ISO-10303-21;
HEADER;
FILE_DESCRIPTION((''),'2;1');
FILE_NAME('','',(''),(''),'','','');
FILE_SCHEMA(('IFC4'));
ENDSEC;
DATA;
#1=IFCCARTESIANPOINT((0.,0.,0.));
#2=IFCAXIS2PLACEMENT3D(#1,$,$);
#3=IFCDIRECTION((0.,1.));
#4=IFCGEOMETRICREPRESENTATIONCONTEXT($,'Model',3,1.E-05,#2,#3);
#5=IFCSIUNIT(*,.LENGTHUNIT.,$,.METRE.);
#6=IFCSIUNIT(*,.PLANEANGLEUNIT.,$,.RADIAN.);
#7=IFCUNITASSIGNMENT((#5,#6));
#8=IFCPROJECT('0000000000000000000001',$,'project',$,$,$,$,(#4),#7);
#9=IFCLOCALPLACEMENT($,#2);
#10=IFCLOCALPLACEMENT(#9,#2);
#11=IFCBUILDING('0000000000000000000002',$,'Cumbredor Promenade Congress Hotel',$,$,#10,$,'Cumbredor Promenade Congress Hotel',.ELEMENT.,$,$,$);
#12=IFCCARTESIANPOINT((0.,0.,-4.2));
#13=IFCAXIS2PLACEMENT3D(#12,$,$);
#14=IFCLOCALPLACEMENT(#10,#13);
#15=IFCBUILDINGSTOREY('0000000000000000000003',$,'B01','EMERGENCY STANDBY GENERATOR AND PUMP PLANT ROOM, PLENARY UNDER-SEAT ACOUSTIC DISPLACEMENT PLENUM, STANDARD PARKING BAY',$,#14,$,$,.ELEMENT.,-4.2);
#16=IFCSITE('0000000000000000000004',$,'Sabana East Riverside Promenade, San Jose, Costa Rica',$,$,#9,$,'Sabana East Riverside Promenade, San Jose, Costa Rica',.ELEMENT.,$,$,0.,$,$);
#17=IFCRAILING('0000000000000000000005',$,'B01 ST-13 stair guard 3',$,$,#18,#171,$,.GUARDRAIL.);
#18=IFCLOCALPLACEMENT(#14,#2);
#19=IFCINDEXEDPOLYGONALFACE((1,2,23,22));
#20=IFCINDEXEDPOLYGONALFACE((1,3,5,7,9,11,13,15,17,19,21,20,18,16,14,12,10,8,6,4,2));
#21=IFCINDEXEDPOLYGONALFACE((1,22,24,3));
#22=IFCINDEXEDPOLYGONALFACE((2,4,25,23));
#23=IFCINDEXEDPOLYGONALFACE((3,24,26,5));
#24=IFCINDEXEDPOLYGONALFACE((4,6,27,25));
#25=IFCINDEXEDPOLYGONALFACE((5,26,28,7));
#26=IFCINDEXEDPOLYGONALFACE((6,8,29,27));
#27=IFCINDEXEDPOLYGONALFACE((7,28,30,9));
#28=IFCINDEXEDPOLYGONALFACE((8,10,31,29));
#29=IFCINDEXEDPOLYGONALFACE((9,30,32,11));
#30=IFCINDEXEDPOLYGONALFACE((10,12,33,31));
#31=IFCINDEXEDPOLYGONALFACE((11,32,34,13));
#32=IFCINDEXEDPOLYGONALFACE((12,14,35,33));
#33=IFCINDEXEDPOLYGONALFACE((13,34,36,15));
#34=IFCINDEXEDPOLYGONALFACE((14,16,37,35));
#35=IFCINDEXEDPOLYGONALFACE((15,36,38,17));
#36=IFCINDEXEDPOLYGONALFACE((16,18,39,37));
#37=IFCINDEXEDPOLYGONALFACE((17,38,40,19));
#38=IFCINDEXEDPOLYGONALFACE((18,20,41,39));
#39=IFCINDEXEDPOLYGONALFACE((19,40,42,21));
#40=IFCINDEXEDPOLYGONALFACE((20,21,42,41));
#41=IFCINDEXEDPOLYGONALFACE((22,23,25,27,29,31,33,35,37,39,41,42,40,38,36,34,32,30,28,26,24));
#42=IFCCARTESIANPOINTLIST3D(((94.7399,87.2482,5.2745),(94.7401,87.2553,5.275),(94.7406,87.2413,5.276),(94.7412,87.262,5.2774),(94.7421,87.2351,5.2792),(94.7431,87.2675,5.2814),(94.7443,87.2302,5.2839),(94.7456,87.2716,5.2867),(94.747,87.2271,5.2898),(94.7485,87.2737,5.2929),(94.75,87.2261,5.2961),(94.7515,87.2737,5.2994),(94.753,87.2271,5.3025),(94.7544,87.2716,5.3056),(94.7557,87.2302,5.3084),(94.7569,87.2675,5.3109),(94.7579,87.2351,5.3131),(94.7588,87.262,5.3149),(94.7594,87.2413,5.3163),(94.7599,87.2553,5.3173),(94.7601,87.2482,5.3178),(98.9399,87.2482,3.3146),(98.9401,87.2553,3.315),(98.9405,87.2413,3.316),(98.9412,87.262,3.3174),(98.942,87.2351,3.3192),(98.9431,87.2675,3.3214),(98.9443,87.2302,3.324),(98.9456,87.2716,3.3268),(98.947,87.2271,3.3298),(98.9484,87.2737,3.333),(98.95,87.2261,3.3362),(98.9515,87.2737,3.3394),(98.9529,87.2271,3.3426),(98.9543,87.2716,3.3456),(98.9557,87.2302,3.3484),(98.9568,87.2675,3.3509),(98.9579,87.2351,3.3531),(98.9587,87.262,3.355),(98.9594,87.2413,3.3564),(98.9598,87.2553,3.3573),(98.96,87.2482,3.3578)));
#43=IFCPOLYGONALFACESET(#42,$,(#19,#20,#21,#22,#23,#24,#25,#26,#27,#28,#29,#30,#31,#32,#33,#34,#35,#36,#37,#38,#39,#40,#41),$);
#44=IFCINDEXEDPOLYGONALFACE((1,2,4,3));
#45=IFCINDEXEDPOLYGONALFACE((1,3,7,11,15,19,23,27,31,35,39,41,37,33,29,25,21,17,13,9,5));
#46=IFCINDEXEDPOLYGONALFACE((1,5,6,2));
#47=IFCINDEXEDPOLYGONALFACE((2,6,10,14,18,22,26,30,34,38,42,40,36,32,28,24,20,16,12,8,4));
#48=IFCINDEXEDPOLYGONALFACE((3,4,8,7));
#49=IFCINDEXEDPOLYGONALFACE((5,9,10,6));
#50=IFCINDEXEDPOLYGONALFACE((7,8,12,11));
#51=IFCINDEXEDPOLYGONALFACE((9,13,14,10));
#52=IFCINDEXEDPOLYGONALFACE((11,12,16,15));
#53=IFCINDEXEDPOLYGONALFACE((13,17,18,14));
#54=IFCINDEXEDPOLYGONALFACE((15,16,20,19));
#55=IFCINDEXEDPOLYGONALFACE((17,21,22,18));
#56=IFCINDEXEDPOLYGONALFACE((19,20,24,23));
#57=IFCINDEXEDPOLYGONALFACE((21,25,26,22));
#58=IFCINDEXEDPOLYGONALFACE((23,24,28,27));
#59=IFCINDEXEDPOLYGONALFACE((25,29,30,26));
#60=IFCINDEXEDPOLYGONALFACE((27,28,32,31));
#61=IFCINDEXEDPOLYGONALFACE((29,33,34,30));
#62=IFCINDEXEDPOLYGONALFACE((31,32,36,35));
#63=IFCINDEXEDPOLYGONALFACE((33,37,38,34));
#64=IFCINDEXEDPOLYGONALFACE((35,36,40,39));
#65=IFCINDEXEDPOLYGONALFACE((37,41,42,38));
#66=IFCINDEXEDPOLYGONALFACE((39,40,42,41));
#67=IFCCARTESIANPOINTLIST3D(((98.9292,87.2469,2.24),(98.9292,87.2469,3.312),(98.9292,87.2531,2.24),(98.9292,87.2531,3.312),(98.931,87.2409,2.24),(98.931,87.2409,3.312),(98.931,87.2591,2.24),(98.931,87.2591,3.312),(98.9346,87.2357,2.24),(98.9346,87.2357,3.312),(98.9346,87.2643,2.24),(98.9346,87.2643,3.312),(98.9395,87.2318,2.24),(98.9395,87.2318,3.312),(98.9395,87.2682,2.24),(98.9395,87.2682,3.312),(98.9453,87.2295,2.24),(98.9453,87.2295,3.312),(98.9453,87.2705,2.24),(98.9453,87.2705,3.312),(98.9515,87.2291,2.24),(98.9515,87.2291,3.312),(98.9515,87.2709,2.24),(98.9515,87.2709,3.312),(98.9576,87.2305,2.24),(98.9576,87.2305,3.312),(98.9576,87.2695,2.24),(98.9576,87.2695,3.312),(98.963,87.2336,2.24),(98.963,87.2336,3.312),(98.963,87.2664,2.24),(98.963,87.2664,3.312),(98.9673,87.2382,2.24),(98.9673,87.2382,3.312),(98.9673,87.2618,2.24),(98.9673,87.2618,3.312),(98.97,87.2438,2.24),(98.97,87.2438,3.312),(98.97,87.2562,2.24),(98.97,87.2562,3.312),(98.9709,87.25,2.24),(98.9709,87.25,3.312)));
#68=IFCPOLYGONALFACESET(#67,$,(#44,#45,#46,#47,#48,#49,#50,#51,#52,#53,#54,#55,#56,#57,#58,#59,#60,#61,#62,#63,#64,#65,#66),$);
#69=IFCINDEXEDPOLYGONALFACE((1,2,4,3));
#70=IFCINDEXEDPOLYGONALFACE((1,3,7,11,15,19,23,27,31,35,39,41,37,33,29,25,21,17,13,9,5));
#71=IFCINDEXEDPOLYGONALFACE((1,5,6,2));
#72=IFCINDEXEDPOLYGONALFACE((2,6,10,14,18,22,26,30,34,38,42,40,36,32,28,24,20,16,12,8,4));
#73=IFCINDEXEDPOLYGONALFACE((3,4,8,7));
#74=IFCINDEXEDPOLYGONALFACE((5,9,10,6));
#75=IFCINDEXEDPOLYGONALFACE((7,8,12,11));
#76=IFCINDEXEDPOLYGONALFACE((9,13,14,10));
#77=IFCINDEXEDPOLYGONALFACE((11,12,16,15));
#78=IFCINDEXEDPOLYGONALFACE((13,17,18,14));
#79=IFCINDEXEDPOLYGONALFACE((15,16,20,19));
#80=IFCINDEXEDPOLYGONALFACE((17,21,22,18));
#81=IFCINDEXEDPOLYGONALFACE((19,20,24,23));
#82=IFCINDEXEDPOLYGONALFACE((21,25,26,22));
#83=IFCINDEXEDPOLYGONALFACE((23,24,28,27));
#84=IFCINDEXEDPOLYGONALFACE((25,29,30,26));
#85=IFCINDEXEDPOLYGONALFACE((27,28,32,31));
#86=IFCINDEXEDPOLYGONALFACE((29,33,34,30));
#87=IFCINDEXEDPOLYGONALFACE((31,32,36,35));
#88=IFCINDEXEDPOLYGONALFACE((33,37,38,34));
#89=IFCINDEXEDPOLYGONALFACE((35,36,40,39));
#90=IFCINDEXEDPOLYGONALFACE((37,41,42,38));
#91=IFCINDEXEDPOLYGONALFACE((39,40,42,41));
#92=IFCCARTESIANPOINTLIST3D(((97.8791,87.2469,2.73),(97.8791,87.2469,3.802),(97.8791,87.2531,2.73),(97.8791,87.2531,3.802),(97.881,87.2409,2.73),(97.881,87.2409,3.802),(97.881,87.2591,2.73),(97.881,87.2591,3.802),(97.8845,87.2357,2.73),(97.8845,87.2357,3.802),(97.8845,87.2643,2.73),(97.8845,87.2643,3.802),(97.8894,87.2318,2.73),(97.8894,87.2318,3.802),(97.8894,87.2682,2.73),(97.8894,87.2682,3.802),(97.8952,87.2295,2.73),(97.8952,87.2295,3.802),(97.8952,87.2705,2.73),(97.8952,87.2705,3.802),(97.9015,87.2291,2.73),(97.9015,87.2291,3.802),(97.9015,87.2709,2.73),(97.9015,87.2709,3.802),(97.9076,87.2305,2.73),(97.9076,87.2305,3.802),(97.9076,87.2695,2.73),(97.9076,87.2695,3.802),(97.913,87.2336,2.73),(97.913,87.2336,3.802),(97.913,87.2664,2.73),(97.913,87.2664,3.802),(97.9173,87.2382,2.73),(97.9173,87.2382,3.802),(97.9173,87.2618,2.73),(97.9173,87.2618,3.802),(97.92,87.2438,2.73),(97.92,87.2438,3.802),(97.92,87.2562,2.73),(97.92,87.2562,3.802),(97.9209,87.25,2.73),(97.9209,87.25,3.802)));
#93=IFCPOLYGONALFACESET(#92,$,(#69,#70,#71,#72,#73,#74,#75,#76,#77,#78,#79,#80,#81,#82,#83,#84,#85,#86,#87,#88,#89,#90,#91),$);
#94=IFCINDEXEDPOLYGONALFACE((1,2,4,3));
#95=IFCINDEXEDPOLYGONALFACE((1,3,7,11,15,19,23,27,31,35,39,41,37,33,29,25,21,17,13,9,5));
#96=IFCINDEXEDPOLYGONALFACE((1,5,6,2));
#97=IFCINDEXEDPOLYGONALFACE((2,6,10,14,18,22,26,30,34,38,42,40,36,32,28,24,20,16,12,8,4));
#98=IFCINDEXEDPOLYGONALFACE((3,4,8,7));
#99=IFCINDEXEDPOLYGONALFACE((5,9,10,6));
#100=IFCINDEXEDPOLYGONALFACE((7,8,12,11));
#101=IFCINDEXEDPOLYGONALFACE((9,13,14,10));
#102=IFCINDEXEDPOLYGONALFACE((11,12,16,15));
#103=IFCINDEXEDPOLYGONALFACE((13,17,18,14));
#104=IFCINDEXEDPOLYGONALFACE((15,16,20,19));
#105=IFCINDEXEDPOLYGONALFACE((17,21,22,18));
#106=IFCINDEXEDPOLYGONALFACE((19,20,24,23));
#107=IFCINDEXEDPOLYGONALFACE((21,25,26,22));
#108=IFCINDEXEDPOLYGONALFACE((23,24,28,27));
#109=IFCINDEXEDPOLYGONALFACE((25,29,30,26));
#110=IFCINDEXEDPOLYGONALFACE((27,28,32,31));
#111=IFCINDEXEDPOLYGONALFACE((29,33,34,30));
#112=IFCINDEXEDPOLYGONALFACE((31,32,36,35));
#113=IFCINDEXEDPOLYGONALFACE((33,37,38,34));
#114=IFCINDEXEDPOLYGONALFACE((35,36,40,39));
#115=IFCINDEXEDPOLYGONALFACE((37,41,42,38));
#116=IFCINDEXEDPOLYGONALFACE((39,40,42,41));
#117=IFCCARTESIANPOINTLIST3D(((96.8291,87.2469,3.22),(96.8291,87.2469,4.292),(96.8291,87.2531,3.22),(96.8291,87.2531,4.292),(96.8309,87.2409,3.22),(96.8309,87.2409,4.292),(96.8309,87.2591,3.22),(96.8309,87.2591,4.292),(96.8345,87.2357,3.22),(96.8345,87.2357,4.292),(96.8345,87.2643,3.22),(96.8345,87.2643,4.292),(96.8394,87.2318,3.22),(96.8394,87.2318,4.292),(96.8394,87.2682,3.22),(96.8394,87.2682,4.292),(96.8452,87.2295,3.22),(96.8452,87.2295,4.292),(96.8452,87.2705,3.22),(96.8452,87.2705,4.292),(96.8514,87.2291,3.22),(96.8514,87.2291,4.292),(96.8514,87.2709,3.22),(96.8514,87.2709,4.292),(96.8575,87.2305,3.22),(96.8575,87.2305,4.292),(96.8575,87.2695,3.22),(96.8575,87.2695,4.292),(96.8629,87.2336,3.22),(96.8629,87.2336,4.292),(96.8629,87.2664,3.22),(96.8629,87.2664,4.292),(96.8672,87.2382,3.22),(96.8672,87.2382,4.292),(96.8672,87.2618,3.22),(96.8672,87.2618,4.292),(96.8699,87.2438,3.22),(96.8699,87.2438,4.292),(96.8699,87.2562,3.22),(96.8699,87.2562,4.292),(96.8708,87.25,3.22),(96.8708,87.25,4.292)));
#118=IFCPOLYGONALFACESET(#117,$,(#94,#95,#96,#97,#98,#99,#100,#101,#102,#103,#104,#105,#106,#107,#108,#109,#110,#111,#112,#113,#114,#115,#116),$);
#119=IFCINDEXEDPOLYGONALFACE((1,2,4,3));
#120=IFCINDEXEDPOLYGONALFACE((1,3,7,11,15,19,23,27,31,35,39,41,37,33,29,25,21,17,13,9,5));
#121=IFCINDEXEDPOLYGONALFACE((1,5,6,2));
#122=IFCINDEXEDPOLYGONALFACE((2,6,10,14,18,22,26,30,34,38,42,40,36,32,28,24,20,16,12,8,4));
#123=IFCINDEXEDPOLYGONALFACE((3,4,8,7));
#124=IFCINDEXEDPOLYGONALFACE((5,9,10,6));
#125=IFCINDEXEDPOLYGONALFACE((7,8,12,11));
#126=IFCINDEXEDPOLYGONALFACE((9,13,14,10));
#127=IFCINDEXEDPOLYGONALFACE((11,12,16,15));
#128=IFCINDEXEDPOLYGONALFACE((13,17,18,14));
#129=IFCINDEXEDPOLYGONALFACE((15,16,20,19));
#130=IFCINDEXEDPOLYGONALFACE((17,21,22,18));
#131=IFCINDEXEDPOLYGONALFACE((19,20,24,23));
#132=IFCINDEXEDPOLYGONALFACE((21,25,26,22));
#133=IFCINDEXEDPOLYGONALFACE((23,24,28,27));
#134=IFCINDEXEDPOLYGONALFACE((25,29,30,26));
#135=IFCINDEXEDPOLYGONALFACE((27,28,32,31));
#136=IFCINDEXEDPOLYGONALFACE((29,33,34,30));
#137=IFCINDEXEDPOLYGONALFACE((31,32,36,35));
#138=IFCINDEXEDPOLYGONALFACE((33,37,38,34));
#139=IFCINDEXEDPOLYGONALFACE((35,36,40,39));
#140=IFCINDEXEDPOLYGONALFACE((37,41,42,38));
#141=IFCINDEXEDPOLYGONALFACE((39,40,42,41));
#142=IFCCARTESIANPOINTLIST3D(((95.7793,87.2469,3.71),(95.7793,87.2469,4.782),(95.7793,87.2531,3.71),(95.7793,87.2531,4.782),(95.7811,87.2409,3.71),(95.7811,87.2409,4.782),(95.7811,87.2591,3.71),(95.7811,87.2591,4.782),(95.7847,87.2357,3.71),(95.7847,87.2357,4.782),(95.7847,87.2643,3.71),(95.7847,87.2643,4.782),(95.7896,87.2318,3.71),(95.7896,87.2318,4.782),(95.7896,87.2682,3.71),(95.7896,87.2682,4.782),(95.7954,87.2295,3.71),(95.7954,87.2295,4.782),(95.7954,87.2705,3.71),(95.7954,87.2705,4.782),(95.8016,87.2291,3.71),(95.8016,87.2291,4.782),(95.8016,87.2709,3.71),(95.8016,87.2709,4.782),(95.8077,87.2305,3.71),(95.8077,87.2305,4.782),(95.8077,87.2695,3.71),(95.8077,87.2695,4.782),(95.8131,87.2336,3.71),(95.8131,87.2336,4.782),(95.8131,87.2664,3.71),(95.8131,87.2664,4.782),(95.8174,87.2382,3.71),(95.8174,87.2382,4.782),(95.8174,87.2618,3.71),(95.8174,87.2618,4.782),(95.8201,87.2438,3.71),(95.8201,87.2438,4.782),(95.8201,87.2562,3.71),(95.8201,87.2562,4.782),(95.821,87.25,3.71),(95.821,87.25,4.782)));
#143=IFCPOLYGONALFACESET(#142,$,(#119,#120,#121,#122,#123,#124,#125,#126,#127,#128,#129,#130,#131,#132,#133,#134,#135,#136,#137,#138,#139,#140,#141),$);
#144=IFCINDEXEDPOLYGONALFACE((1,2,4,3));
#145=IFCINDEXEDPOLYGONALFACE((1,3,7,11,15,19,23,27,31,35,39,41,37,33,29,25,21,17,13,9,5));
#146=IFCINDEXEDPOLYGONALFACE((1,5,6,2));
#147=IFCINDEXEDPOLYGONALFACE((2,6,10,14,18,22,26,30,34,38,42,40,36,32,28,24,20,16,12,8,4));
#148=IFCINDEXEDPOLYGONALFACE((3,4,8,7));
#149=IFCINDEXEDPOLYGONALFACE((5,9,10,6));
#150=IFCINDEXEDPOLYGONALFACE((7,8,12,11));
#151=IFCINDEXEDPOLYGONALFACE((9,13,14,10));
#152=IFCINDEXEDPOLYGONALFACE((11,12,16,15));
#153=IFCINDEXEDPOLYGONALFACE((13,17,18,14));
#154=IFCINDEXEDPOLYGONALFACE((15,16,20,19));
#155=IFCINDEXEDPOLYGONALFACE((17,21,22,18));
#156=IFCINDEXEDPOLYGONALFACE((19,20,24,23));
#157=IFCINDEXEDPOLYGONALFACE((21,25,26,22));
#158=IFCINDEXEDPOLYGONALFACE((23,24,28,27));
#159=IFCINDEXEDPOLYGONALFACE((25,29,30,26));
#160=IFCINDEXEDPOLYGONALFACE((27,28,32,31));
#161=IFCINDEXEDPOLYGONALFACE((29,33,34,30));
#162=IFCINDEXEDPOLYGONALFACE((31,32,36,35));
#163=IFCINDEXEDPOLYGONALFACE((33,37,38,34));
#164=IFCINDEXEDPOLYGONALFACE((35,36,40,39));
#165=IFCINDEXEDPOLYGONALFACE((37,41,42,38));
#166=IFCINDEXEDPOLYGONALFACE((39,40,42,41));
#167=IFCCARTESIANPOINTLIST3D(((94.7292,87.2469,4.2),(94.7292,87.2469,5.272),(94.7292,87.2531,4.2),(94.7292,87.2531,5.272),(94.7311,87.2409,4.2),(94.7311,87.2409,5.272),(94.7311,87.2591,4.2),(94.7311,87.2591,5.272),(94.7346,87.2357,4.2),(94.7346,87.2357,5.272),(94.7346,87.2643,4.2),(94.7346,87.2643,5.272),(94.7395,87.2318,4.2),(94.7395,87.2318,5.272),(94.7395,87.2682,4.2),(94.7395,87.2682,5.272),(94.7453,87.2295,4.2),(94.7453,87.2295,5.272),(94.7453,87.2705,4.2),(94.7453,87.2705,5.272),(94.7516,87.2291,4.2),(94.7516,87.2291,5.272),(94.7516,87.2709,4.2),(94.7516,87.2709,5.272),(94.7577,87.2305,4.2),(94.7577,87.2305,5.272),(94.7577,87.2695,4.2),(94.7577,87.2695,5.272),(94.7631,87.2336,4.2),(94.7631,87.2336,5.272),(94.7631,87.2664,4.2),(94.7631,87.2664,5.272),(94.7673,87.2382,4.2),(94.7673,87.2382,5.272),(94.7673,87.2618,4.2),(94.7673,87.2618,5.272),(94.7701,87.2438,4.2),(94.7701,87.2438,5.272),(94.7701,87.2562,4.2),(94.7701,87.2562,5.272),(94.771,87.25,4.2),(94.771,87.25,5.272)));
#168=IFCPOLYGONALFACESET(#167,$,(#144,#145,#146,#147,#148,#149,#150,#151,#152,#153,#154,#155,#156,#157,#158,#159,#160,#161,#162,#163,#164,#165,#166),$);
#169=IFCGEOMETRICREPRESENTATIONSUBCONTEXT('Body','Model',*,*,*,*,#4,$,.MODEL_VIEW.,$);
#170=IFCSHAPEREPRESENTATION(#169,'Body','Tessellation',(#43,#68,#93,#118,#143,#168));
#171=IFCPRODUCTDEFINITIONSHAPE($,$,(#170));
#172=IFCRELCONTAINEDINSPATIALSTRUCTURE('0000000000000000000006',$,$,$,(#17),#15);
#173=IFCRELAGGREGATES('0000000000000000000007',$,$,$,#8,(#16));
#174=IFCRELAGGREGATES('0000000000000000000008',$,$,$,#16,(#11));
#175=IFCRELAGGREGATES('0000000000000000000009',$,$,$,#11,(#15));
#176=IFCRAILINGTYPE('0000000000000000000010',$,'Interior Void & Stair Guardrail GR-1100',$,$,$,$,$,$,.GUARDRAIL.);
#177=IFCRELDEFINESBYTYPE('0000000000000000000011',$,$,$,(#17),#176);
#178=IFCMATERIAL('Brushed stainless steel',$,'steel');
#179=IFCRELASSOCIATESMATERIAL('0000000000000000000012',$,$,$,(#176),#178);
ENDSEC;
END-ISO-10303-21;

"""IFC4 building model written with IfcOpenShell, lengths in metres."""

from ifc_helpers import new_model, si_unit, direction, frame, origin, origin_2d, place, context, subcontext, project, spatial, circle, extrude, material, type_object, element, save


model = new_model("IFC4")

# Units and contexts
model_context = context("Model", 3, precision=1e-05, world=origin(), true_north=direction((0.0, 1.0)))
body_context = subcontext(model_context, "Body", "Model", "MODEL_VIEW")
ifc_project = project(units=[si_unit("LENGTHUNIT", "METRE"), si_unit("PLANEANGLEUNIT", "RADIAN")], contexts=[model_context])

# Site, building, storey
site_placement = place(None, origin())
site = spatial("IfcSite", under=ifc_project, at=site_placement, Name="Sabana East Riverside Promenade, San Jose, Costa Rica", LongName="Sabana East Riverside Promenade, San Jose, Costa Rica", CompositionType="ELEMENT", RefElevation=0.0)
building_placement = place(site_placement, origin())
building = spatial("IfcBuilding", under=site, at=building_placement, Name="Cumbredor Promenade Congress Hotel", LongName="Cumbredor Promenade Congress Hotel", CompositionType="ELEMENT")
storey_placement = place(building_placement, frame((0.0, 0.0, -4.2)))
storey = spatial("IfcBuildingStorey", under=building, at=storey_placement, Name="B01", Description="EMERGENCY STANDBY GENERATOR AND PUMP PLANT ROOM, PLENARY UNDER-SEAT ACOUSTIC DISPLACEMENT PLENUM, STANDARD PARKING BAY", CompositionType="ELEMENT", Elevation=-4.2)

# Shared definitions
ifc_material_1 = material(Name="Brushed stainless steel", Category="steel")

# Railing
railing_type_1 = type_object("IfcRailingType", Name="Interior Void & Stair Guardrail GR-1100", PredefinedType="GUARDRAIL", material=ifc_material_1)
railing_1_placement = place(storey_placement, frame((98.95, 87.25, 2.24)))
element("IfcRailing", 1, at=railing_1_placement, inside=storey, type_object=railing_type_1, Name="B01 ST-13 stair guard 3", PredefinedType="GUARDRAIL", context=body_context, shape_type="SweptSolid", body=[
    extrude(circle(Radius=0.0239, at=origin_2d()), frame((0.0, 0.0, 1.0962), z_axis=(-0.906184, 0.0, 0.422883), x_axis=(0.0, -1.0, 0.0)), (0.0, 0.0, 1.0), 4.6348),
    extrude(circle(Radius=0.021, at=origin_2d()), origin(), (0.0, 0.0, 1.0), 1.072),
    extrude(circle(Radius=0.021, at=origin_2d()), frame((-1.05, 0.0, 0.49)), (0.0, 0.0, 1.0), 1.072),
    extrude(circle(Radius=0.021, at=origin_2d()), frame((-2.1001, 0.0, 0.98)), (0.0, 0.0, 1.0), 1.072),
    extrude(circle(Radius=0.021, at=origin_2d()), frame((-3.1499, 0.0, 1.47)), (0.0, 0.0, 1.0), 1.072),
    extrude(circle(Radius=0.021, at=origin_2d()), frame((-4.2, 0.0, 1.96)), (0.0, 0.0, 1.0), 1.072),
])

save(model, "model.ifc")
